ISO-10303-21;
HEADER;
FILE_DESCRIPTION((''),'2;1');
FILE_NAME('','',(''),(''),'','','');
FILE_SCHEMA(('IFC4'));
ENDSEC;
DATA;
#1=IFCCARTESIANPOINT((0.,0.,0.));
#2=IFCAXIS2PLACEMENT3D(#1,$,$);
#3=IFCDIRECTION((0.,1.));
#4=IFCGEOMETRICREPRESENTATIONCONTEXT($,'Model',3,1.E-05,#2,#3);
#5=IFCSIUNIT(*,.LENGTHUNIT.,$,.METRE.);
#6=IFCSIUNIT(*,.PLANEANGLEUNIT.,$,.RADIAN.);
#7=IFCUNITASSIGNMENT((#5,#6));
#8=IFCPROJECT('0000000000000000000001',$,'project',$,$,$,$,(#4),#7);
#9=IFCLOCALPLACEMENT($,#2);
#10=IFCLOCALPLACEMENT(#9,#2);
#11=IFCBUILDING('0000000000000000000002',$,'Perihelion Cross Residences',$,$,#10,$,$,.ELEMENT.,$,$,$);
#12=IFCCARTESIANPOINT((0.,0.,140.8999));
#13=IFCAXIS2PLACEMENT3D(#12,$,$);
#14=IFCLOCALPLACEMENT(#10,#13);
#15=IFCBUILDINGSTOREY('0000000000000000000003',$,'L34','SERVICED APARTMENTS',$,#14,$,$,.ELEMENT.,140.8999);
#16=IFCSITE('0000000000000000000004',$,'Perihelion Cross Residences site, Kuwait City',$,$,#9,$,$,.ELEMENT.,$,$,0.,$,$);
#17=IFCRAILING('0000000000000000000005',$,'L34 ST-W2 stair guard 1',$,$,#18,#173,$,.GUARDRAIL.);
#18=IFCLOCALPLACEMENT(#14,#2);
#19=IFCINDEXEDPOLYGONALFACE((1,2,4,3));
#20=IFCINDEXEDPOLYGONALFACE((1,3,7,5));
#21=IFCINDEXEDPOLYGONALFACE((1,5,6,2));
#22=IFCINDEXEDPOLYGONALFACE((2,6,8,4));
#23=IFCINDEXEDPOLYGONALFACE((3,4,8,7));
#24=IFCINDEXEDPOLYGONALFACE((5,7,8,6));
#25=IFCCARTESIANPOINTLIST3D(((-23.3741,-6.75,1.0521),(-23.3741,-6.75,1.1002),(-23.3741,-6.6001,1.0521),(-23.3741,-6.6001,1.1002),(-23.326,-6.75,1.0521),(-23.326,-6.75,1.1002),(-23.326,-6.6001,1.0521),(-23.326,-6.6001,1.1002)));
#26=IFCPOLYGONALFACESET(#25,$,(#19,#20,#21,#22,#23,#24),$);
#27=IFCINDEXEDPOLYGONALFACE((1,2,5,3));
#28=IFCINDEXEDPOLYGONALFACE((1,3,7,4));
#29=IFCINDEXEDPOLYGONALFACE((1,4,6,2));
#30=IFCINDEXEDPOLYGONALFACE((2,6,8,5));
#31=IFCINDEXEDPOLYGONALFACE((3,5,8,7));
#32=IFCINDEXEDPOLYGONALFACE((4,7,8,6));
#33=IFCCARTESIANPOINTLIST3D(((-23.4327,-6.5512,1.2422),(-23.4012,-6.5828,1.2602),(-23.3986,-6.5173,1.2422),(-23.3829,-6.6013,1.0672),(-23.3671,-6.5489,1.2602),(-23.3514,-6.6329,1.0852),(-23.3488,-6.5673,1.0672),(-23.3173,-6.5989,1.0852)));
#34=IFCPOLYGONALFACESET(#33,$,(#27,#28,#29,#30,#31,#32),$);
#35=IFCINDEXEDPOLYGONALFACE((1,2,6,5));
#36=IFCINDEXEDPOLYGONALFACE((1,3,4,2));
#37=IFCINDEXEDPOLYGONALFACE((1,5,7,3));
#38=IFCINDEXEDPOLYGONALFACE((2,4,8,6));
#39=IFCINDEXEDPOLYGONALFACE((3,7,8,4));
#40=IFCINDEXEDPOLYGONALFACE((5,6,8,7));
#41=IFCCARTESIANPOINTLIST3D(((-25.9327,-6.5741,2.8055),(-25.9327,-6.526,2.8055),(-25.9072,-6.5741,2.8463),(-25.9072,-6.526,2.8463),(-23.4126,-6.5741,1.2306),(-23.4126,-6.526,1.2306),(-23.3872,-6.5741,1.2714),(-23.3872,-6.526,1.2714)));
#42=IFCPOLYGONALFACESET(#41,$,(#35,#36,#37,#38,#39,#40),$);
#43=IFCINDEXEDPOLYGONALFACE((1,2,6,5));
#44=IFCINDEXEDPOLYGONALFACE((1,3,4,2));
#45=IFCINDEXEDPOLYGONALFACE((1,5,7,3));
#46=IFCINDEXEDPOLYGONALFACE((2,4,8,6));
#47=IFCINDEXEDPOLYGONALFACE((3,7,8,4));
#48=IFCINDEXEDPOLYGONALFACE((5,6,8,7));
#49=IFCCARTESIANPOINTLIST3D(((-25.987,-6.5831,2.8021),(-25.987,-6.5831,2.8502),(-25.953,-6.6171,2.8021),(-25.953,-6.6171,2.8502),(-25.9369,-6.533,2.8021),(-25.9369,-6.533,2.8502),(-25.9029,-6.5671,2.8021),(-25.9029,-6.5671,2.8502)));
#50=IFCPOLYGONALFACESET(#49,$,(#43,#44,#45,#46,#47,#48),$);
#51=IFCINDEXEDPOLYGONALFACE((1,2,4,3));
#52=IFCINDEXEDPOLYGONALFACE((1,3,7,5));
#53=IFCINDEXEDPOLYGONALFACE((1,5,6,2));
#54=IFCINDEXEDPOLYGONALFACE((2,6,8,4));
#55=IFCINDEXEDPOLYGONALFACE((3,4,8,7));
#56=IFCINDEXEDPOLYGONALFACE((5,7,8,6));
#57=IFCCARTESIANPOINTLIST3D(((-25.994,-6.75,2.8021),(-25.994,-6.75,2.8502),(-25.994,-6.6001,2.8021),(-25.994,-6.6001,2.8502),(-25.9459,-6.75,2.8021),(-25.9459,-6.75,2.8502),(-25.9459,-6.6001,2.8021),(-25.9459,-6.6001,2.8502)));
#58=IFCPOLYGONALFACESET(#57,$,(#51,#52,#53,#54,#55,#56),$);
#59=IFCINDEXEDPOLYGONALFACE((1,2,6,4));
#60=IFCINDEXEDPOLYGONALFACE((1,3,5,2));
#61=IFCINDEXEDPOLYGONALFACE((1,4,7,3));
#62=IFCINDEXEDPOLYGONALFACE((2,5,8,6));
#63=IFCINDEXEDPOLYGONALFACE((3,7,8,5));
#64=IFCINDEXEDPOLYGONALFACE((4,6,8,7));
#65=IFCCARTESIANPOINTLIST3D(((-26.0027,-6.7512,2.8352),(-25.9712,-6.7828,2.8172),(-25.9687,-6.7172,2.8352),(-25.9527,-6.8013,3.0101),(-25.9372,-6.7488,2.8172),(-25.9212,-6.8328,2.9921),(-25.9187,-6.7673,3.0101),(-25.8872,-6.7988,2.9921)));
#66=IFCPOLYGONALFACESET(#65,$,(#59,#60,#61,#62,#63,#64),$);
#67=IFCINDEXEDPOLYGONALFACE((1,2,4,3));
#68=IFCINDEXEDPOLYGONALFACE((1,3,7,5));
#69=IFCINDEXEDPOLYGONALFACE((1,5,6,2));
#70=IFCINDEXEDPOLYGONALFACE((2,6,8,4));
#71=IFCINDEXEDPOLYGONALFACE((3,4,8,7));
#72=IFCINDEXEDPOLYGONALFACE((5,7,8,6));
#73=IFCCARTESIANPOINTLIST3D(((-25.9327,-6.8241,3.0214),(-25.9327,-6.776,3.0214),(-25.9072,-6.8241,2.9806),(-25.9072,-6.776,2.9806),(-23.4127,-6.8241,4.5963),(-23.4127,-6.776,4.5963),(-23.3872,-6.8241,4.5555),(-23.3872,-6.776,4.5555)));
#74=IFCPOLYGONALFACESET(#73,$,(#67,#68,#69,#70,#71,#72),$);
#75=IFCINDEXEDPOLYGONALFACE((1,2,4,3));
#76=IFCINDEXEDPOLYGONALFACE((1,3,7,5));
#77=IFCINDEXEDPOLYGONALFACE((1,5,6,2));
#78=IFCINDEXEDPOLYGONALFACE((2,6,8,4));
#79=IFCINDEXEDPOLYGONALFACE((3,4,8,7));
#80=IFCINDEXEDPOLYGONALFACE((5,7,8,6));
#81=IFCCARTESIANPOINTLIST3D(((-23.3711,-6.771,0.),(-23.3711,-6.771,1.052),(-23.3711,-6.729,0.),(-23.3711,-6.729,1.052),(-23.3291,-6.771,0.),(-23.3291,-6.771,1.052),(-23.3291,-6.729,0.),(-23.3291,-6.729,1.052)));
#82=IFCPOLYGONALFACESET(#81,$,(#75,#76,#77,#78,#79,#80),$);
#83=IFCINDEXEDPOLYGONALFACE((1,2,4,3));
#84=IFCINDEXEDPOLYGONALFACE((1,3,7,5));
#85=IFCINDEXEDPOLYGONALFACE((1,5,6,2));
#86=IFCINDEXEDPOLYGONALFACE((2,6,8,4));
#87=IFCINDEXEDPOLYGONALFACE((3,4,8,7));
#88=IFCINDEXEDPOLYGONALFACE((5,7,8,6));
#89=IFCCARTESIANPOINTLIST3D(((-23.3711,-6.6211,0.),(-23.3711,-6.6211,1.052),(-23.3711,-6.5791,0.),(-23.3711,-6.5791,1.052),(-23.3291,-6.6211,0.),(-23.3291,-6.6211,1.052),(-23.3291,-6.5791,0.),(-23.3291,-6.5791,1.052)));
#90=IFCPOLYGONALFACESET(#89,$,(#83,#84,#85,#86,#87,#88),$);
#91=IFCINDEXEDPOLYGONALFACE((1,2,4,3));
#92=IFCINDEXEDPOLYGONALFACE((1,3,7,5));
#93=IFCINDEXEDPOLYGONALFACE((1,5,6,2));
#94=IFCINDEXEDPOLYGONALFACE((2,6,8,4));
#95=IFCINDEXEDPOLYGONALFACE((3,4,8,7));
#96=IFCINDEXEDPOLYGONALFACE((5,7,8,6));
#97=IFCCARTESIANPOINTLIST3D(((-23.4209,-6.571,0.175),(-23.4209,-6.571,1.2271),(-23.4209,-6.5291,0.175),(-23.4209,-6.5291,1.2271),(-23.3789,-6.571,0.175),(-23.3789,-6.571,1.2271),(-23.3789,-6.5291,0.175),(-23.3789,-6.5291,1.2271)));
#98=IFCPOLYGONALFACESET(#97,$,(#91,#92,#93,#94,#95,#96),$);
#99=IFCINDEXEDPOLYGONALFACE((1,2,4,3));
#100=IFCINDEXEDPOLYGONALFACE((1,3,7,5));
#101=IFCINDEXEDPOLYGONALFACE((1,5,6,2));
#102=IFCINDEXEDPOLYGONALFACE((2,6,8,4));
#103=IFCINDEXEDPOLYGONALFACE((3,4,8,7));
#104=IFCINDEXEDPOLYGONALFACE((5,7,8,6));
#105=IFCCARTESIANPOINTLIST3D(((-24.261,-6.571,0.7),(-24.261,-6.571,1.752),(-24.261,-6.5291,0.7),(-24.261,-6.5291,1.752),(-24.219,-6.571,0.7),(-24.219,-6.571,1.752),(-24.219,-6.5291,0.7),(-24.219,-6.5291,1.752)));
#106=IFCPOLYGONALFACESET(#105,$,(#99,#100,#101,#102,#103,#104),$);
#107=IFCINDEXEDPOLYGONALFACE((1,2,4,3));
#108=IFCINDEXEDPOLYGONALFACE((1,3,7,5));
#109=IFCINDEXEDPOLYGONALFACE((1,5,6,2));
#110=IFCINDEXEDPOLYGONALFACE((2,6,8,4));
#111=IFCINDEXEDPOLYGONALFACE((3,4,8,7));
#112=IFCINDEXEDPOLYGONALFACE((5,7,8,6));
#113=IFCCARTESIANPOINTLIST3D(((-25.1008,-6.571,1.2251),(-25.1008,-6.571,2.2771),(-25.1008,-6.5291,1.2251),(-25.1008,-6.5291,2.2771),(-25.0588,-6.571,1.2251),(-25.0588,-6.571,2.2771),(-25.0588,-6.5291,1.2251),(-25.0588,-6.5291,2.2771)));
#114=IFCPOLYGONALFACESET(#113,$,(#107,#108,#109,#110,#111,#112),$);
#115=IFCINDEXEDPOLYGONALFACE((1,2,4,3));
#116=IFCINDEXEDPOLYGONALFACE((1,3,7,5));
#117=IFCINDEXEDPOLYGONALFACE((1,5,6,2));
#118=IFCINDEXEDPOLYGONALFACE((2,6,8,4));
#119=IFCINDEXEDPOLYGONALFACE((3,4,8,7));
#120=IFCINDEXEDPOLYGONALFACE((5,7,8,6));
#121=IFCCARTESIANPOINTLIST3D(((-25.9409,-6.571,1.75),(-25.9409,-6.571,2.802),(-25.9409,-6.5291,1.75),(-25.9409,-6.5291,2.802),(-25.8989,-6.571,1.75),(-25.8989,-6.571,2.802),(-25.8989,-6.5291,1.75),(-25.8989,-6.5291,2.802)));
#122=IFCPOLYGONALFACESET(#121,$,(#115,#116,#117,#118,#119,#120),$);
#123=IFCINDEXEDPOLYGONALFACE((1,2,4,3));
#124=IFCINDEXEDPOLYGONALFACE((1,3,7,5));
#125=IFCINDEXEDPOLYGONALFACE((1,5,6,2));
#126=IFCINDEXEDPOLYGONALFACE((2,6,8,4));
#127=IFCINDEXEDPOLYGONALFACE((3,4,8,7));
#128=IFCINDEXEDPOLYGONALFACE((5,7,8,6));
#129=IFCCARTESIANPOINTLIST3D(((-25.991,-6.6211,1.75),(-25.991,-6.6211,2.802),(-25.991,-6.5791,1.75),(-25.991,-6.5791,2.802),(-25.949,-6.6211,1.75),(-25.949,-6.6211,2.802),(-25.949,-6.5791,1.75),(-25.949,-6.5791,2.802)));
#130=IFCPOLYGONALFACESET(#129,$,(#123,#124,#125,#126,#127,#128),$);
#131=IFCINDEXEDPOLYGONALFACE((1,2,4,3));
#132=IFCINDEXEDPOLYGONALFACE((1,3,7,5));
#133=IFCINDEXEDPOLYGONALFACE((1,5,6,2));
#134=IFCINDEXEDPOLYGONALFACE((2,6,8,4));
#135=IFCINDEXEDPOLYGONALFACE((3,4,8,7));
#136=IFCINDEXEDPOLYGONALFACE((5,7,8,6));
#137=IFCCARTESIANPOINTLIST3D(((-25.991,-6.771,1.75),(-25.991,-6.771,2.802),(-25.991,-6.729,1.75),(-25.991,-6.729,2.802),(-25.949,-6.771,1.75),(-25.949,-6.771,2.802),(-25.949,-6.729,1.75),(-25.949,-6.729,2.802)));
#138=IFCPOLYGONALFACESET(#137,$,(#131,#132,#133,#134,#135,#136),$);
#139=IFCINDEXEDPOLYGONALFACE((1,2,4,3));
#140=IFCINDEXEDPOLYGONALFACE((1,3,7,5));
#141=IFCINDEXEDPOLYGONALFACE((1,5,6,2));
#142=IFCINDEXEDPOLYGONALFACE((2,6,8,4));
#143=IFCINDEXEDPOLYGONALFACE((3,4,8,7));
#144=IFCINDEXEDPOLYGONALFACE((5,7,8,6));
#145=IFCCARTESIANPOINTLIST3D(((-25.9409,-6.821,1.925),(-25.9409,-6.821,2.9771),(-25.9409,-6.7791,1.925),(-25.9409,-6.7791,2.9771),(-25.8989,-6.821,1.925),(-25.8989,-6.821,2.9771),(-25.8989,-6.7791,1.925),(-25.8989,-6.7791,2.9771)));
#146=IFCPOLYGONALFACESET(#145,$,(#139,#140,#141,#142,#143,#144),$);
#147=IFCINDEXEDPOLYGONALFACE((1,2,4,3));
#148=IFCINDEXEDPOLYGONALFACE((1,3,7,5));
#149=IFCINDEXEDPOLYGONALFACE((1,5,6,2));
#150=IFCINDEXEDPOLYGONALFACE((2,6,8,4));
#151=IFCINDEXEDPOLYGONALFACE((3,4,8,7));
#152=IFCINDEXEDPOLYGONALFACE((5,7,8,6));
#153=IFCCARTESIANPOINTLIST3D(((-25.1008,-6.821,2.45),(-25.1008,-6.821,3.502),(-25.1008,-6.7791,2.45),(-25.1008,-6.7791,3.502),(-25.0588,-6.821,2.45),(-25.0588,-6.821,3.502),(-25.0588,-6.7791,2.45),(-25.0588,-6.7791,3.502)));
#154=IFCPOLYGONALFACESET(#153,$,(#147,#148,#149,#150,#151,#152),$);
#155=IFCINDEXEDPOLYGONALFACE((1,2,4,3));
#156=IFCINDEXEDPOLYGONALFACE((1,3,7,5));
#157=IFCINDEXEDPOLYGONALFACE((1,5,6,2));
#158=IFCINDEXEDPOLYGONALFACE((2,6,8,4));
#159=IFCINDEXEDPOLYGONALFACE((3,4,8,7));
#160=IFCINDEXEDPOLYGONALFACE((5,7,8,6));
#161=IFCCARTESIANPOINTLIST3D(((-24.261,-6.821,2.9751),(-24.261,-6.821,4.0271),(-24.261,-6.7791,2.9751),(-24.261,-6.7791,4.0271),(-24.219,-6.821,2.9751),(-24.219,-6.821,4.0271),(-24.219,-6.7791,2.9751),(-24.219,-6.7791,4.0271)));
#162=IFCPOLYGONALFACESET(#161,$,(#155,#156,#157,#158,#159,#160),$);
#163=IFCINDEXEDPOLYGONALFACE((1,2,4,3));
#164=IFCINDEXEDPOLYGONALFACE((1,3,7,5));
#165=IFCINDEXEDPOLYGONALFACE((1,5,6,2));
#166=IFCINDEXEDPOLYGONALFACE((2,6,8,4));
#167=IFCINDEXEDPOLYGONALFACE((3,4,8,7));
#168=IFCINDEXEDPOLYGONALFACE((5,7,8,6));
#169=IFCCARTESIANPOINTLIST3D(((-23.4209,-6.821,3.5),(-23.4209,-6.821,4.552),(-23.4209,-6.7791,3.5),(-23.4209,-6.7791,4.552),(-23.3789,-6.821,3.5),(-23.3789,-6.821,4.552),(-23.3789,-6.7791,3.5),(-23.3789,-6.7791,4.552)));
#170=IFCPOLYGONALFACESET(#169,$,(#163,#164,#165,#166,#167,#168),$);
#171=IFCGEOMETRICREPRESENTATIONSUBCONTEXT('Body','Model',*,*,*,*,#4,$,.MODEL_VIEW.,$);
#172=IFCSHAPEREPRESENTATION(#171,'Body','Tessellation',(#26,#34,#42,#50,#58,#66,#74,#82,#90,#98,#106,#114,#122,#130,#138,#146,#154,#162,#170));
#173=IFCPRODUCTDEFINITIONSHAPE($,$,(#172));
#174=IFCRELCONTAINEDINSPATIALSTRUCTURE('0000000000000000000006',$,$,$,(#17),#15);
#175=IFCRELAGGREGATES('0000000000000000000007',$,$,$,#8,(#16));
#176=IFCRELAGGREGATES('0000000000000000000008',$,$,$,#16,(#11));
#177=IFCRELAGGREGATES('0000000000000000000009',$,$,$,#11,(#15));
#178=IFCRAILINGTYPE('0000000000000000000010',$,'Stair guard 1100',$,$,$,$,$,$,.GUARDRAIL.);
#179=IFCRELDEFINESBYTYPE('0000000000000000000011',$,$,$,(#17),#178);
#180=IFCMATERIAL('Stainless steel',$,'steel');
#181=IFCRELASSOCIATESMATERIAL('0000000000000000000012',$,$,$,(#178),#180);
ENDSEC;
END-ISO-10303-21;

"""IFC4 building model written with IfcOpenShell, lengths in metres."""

from ifc_helpers import new_model, si_unit, direction, frame, origin, origin_2d, place, context, subcontext, project, spatial, rectangle, extrude, material, type_object, element, save


model = new_model("IFC4")

# Units and contexts
model_context = context("Model", 3, precision=1e-05, world=origin(), true_north=direction((0.0, 1.0)))
body_context = subcontext(model_context, "Body", "Model", "MODEL_VIEW")
ifc_project = project(units=[si_unit("LENGTHUNIT", "METRE"), si_unit("PLANEANGLEUNIT", "RADIAN")], contexts=[model_context])

# Site, building, storey
site_placement = place(None, origin())
site = spatial("IfcSite", under=ifc_project, at=site_placement, Name="Perihelion Cross Residences site, Kuwait City", CompositionType="ELEMENT", RefElevation=0.0)
building_placement = place(site_placement, origin())
building = spatial("IfcBuilding", under=site, at=building_placement, Name="Perihelion Cross Residences", CompositionType="ELEMENT")
storey_placement = place(building_placement, frame((0.0, 0.0, 140.8999)))
storey = spatial("IfcBuildingStorey", under=building, at=storey_placement, Name="L34", Description="SERVICED APARTMENTS", CompositionType="ELEMENT", Elevation=140.8999)

# Railing
ifc_material_1 = material(Name="Stainless steel", Category="steel")
railing_type_1 = type_object("IfcRailingType", Name="Stair guard 1100", PredefinedType="GUARDRAIL", material=ifc_material_1)
railing_1_placement = place(storey_placement, frame((-23.3501, -6.75, 0.0)))
element("IfcRailing", 1, at=railing_1_placement, inside=storey, type_object=railing_type_1, Name="L34 ST-W2 stair guard 1", PredefinedType="GUARDRAIL", context=body_context, shape_type="SweptSolid", body=[
    extrude(rectangle(XDim=0.0481, YDim=0.0481, at=origin_2d()), frame((0.0, 0.0, 1.0762), z_axis=(0.0, 1.0, 0.0), x_axis=(-1.0, 0.0, 0.0)), (0.0, 0.0, 1.0), 0.1499),
    extrude(rectangle(XDim=0.0481, YDim=0.0481, at=origin_2d()), frame((0.0, 0.1499, 1.0762), z_axis=(-0.263862, 0.265156, 0.927399), x_axis=(-0.708834, -0.705376, 0.0)), (0.0, 0.0, 1.0), 0.1887),
    extrude(rectangle(XDim=0.0481, YDim=0.0481, at=origin_2d()), frame((-0.0498, 0.2, 1.251), z_axis=(-0.848008, 0.0, 0.529984), x_axis=(0.0, -1.0, 0.0)), (0.0, 0.0, 1.0), 2.9717),
    extrude(rectangle(XDim=0.0481, YDim=0.0481, at=origin_2d()), frame((-2.5698, 0.2, 2.8262), z_axis=(-0.707107, -0.707107, 0.0), x_axis=(0.707107, -0.707107, 0.0)), (0.0, 0.0, 1.0), 0.0708),
    extrude(rectangle(XDim=0.0481, YDim=0.0481, at=origin_2d()), frame((-2.6199, 0.1499, 2.8262), z_axis=(0.0, -1.0, 0.0), x_axis=(1.0, 0.0, 0.0)), (0.0, 0.0, 1.0), 0.1499),
    extrude(rectangle(XDim=0.0481, YDim=0.0481, at=origin_2d()), frame((-2.6199, 0.0, 2.8262), z_axis=(0.265065, -0.265065, 0.927082), x_axis=(0.707107, 0.707107, 0.0)), (0.0, 0.0, 1.0), 0.1887),
    extrude(rectangle(XDim=0.0481, YDim=0.0481, at=origin_2d()), frame((-2.5698, -0.05, 3.001), z_axis=(0.848008, 0.0, 0.529984), x_axis=(0.0, 1.0, 0.0)), (0.0, 0.0, 1.0), 2.9717),
    extrude(rectangle(XDim=0.042, YDim=0.042, at=origin_2d()), origin(), (0.0, 0.0, 1.0), 1.052),
    extrude(rectangle(XDim=0.042, YDim=0.042, at=origin_2d()), frame((0.0, 0.1499, 0.0)), (0.0, 0.0, 1.0), 1.052),
    extrude(rectangle(XDim=0.042, YDim=0.042, at=origin_2d()), frame((-0.0498, 0.2, 0.175)), (0.0, 0.0, 1.0), 1.052),
    extrude(rectangle(XDim=0.042, YDim=0.042, at=origin_2d()), frame((-0.8899, 0.2, 0.7)), (0.0, 0.0, 1.0), 1.052),
    extrude(rectangle(XDim=0.042, YDim=0.042, at=origin_2d()), frame((-1.7297, 0.2, 1.2251)), (0.0, 0.0, 1.0), 1.052),
    extrude(rectangle(XDim=0.042, YDim=0.042, at=origin_2d()), frame((-2.5698, 0.2, 1.75)), (0.0, 0.0, 1.0), 1.052),
    extrude(rectangle(XDim=0.042, YDim=0.042, at=origin_2d()), frame((-2.6199, 0.1499, 1.75)), (0.0, 0.0, 1.0), 1.052),
    extrude(rectangle(XDim=0.042, YDim=0.042, at=origin_2d()), frame((-2.6199, 0.0, 1.75)), (0.0, 0.0, 1.0), 1.052),
    extrude(rectangle(XDim=0.042, YDim=0.042, at=origin_2d()), frame((-2.5698, -0.05, 1.925)), (0.0, 0.0, 1.0), 1.052),
    extrude(rectangle(XDim=0.042, YDim=0.042, at=origin_2d()), frame((-1.7297, -0.05, 2.45)), (0.0, 0.0, 1.0), 1.052),
    extrude(rectangle(XDim=0.042, YDim=0.042, at=origin_2d()), frame((-0.8899, -0.05, 2.9751)), (0.0, 0.0, 1.0), 1.052),
    extrude(rectangle(XDim=0.042, YDim=0.042, at=origin_2d()), frame((-0.0498, -0.05, 3.5)), (0.0, 0.0, 1.0), 1.052),
])

save(model, "model.ifc")
